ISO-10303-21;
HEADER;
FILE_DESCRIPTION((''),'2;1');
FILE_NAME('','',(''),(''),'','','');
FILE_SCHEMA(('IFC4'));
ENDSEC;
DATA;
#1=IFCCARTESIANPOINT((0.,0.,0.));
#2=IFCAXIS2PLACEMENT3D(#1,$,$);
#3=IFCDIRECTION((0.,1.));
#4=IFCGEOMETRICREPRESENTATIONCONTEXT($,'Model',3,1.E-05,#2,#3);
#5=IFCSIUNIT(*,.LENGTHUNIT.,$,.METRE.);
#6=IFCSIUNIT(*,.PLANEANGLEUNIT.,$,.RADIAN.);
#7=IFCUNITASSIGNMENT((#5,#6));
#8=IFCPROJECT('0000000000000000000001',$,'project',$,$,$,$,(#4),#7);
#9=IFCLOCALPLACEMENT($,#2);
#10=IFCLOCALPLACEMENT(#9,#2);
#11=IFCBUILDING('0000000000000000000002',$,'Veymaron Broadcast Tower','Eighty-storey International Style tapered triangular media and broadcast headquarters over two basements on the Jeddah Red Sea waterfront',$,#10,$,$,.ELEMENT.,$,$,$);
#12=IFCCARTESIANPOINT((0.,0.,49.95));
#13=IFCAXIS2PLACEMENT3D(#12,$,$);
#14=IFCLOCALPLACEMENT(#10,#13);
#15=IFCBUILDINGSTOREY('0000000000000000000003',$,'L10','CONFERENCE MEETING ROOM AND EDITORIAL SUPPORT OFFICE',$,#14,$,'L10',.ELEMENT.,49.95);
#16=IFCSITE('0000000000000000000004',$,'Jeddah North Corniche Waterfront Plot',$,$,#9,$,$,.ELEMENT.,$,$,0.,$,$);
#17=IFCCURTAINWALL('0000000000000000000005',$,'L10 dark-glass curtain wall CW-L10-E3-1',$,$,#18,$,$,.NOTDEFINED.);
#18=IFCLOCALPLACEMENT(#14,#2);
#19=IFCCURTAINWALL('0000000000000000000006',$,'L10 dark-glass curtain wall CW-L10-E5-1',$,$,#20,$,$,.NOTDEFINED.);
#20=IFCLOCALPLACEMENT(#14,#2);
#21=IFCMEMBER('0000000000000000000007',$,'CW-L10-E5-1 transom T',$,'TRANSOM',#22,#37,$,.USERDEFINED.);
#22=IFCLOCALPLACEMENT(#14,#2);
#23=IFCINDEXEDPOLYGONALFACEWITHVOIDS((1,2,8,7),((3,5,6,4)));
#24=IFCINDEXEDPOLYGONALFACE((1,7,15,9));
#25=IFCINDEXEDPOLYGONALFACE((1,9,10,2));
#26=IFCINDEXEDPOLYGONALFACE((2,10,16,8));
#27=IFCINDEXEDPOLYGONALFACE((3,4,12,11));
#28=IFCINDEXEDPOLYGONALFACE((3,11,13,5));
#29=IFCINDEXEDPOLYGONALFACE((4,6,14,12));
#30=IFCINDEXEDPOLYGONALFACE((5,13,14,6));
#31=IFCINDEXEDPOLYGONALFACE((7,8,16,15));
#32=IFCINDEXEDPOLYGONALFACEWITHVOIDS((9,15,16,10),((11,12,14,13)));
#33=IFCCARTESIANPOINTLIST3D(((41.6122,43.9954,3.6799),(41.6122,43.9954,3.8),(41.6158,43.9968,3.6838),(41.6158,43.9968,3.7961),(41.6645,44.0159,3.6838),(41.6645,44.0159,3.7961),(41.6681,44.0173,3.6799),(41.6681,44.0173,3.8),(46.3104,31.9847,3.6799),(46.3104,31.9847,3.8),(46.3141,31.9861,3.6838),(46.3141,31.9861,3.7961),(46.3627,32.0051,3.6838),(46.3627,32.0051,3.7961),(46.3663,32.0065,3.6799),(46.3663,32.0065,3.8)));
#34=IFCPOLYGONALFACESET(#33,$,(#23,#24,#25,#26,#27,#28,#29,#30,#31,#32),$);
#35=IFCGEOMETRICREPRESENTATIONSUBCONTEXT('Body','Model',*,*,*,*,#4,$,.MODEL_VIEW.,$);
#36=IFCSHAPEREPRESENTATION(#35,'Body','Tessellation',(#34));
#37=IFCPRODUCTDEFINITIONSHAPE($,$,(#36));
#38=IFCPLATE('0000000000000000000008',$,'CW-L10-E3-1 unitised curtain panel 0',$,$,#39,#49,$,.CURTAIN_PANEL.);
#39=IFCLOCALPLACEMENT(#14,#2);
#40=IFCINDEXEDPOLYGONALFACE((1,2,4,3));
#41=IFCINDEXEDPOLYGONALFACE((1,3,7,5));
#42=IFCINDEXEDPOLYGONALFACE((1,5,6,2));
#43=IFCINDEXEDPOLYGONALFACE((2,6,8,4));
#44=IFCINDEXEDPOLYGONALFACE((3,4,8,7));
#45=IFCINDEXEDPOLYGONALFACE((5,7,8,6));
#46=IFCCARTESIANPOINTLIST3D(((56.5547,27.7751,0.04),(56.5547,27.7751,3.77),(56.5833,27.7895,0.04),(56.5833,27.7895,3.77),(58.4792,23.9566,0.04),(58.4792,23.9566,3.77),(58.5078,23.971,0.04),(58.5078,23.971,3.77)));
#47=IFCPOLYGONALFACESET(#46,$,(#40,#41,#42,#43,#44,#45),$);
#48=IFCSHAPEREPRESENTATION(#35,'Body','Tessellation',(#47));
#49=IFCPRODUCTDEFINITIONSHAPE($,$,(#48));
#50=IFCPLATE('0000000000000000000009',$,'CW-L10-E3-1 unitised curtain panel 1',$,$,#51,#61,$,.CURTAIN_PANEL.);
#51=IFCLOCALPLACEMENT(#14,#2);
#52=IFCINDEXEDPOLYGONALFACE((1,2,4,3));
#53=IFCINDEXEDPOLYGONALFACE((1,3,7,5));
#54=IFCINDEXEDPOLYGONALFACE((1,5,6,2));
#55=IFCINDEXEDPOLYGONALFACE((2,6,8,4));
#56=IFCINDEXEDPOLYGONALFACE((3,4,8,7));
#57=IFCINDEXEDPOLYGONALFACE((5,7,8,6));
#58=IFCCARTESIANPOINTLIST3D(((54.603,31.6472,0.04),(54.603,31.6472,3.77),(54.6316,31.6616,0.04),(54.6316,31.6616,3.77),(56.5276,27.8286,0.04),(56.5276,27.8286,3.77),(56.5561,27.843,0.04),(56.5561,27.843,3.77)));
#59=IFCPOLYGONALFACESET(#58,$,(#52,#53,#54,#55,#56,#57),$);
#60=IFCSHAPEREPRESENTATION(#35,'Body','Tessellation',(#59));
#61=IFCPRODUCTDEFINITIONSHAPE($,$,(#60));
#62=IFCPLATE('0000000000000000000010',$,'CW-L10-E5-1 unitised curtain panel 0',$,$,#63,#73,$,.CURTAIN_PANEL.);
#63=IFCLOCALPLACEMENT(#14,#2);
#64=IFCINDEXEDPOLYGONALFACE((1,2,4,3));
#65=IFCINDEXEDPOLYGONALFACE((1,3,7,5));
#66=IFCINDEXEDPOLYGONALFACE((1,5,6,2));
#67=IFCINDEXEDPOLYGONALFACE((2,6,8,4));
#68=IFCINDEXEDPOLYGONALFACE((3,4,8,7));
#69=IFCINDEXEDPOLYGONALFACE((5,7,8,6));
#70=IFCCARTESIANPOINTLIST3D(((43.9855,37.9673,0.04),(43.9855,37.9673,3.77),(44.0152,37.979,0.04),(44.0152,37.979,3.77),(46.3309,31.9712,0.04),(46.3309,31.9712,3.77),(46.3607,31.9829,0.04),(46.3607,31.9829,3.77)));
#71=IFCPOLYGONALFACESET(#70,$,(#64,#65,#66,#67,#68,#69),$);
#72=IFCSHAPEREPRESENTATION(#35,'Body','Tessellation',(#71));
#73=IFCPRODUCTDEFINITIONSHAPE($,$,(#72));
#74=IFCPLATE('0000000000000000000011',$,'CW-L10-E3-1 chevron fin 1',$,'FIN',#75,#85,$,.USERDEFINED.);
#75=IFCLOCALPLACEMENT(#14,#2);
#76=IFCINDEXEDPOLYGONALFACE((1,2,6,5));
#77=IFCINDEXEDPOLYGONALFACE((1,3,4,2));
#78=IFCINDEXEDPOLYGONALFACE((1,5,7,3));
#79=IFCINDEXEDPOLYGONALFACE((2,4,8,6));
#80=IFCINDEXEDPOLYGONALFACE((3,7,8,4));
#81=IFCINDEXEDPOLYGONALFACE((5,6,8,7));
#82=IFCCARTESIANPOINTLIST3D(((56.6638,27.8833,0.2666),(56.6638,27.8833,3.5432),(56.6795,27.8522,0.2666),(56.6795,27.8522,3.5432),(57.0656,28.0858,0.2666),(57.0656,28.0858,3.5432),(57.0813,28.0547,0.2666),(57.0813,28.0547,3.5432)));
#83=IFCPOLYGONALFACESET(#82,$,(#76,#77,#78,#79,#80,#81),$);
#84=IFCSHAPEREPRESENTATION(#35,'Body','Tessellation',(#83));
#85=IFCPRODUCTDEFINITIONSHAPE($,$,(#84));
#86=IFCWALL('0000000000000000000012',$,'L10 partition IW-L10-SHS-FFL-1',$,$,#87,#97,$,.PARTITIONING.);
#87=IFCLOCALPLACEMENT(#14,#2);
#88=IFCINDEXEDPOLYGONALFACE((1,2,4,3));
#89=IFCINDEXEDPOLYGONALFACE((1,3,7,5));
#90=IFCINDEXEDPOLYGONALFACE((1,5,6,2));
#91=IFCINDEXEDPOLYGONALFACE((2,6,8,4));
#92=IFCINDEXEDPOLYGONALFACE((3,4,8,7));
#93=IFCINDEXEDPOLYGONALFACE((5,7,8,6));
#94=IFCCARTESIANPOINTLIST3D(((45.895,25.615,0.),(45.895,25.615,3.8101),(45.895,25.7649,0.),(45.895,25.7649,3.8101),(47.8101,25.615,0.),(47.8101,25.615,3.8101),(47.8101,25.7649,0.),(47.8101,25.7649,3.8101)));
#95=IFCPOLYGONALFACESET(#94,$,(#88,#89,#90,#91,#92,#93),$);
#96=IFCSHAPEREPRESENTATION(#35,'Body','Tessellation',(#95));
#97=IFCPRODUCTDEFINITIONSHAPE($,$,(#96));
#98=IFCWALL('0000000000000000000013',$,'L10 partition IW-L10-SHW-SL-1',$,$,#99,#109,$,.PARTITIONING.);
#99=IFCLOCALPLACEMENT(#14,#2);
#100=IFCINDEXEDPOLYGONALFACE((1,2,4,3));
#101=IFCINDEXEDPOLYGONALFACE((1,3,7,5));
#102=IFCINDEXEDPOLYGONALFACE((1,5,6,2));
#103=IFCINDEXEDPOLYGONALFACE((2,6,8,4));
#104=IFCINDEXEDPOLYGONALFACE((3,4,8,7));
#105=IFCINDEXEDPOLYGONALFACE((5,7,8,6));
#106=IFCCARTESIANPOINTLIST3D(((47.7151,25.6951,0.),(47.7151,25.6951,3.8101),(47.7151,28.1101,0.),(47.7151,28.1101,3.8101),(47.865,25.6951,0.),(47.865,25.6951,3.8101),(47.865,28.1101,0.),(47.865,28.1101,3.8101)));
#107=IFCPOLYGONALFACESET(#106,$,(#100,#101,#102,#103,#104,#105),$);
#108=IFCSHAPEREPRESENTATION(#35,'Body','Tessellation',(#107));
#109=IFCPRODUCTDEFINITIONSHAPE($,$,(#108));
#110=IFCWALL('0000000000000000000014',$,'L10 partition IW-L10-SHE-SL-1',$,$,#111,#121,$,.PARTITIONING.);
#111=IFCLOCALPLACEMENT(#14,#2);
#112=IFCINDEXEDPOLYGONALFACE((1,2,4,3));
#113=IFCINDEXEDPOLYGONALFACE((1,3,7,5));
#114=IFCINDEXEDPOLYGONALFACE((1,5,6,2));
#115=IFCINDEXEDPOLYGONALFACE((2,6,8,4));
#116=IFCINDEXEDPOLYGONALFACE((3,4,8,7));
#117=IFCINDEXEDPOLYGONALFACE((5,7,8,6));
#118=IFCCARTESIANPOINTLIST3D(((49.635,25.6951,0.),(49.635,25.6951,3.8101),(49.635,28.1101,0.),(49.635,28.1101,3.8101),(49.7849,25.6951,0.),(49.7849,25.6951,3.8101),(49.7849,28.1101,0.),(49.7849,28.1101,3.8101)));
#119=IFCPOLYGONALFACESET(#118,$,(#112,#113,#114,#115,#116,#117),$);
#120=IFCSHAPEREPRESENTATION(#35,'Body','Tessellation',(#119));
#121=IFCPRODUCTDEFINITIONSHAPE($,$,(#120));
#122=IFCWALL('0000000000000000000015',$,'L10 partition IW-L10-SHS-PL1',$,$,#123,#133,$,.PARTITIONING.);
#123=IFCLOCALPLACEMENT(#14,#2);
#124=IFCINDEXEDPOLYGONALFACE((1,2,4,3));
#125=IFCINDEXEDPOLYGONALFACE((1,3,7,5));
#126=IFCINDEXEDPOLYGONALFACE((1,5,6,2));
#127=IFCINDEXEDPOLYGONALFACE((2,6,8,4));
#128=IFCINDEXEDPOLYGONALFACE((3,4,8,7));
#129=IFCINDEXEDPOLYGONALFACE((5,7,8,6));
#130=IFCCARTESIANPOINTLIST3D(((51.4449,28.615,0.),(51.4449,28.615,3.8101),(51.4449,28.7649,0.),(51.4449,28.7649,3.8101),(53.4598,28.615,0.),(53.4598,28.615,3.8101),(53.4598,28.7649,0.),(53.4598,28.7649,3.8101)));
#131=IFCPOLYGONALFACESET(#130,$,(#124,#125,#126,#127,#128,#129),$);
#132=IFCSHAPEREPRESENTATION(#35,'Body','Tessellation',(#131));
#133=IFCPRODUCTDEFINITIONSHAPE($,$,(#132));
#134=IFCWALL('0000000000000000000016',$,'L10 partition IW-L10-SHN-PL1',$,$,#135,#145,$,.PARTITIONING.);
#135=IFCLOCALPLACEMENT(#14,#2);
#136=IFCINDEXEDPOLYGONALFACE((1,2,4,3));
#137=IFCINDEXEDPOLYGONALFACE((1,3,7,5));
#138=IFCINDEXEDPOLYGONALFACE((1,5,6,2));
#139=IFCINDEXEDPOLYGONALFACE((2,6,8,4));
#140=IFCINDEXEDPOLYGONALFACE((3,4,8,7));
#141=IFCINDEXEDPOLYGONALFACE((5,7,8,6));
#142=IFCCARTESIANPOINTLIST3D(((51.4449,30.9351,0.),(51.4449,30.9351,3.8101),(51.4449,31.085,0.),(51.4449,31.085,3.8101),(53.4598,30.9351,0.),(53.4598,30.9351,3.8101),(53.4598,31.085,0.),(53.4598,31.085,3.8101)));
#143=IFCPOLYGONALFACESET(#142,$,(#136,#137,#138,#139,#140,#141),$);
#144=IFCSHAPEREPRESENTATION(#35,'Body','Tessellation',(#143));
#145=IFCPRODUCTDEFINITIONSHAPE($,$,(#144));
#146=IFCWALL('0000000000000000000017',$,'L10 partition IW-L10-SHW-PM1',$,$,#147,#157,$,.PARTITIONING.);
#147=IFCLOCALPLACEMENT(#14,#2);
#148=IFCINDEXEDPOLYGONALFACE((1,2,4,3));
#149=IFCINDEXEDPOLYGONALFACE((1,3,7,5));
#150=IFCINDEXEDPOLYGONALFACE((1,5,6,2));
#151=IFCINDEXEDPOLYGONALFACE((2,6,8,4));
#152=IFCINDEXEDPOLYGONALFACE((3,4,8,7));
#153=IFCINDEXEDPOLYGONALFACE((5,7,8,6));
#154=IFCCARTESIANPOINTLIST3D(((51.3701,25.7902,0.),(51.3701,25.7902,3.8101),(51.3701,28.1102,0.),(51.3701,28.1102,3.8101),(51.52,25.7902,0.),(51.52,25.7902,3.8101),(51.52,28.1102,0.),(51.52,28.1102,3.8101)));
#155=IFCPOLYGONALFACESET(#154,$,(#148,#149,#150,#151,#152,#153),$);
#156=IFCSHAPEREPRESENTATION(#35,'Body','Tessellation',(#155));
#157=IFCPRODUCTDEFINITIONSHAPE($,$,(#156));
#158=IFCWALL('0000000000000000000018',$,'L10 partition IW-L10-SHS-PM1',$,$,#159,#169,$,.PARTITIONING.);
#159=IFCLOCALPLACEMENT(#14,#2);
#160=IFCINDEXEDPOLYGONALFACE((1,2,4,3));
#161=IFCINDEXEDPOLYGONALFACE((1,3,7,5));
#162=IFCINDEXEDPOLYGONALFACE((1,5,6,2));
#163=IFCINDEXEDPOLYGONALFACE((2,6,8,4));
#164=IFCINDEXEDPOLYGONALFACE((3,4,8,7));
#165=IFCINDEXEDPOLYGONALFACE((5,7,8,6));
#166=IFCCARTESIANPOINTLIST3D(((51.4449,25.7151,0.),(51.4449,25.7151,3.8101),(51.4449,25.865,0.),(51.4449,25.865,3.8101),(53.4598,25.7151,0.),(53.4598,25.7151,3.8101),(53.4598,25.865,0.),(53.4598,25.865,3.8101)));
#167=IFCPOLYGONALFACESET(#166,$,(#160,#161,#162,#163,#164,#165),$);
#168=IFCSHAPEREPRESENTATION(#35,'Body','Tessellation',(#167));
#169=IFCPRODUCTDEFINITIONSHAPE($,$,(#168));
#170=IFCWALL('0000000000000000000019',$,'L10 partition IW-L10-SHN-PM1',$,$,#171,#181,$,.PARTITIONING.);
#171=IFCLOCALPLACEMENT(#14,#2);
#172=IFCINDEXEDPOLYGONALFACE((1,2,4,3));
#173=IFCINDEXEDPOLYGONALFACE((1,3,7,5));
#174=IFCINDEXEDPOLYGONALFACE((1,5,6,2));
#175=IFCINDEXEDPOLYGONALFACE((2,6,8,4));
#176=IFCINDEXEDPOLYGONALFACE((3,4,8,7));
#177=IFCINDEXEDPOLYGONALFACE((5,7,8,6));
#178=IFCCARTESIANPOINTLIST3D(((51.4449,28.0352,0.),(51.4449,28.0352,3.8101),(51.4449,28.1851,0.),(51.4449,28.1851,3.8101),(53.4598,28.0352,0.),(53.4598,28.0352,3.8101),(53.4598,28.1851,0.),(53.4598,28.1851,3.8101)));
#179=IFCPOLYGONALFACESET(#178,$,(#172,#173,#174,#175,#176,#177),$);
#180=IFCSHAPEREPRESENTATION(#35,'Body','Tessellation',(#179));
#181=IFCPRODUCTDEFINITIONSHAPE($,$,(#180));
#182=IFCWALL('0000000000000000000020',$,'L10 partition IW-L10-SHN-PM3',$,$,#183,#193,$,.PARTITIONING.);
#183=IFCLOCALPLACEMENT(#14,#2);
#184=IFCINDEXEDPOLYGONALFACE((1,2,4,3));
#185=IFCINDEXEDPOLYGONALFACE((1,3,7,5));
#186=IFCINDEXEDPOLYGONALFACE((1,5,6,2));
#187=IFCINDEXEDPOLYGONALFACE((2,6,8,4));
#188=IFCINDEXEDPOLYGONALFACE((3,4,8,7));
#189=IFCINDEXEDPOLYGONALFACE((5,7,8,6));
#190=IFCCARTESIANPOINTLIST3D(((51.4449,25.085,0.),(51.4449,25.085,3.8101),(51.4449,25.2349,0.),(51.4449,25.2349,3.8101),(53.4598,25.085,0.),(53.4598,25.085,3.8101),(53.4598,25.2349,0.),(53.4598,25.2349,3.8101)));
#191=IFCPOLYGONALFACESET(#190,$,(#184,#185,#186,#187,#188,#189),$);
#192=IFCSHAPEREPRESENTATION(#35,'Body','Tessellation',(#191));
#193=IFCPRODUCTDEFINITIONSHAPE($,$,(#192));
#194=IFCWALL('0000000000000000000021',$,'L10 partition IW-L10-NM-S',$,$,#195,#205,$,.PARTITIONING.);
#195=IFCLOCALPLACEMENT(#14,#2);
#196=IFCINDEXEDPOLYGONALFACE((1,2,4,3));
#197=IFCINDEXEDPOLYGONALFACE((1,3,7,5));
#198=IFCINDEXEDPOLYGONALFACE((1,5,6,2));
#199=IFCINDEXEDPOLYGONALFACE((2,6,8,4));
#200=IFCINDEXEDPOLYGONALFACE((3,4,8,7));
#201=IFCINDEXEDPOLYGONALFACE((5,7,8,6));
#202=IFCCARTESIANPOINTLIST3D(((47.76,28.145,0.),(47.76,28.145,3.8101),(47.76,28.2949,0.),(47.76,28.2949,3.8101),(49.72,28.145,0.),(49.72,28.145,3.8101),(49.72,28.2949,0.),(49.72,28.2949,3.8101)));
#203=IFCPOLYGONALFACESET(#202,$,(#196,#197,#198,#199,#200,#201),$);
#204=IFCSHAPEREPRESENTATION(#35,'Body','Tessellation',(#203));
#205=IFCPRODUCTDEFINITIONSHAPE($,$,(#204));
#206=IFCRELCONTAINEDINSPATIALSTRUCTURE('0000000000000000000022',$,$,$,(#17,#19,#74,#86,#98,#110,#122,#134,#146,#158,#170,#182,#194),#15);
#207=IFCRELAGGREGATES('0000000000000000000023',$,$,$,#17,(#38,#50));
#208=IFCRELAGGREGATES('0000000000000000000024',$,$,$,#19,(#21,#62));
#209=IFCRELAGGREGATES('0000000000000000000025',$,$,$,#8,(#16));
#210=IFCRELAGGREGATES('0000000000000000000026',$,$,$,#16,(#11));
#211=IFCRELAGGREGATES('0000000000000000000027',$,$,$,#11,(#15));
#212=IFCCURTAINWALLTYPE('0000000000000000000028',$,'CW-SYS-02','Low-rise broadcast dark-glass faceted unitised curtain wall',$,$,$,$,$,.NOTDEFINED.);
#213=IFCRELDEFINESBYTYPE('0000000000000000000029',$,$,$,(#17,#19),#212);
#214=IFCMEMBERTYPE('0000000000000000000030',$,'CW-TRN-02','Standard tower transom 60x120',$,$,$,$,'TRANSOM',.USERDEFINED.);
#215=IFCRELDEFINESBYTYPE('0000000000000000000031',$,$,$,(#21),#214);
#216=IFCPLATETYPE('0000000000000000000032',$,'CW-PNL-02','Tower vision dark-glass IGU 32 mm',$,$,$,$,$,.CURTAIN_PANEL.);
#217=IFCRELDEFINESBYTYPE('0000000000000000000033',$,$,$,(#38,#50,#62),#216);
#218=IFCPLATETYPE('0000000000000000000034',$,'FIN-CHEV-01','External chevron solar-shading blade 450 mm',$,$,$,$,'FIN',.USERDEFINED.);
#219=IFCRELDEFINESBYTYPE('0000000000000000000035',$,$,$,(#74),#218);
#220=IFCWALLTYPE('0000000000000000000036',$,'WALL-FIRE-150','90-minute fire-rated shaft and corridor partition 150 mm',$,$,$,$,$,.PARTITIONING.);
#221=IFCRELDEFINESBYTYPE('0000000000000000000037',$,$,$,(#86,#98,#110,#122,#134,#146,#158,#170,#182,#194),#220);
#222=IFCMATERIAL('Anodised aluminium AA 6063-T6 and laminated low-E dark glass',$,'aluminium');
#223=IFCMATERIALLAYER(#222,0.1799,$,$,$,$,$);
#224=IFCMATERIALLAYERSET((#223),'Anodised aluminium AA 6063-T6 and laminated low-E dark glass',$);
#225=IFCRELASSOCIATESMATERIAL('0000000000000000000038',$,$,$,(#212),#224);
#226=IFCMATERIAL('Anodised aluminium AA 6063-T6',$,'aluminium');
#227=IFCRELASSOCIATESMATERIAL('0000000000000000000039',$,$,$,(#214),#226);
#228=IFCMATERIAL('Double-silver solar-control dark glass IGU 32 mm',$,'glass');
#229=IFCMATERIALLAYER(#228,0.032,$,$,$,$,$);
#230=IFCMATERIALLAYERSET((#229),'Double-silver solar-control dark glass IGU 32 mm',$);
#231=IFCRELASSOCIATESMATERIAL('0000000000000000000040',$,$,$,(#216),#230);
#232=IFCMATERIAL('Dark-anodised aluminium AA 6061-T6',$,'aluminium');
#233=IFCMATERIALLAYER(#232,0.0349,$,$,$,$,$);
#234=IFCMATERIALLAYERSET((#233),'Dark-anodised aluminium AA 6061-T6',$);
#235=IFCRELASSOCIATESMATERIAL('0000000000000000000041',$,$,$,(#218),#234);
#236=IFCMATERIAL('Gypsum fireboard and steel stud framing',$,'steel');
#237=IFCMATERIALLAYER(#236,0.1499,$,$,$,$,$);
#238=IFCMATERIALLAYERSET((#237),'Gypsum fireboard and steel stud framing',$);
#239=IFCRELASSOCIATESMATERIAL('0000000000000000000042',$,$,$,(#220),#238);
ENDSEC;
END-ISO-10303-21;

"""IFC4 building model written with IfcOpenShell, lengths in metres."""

from ifc_helpers import new_model, si_unit, direction, frame, frame_2d, origin, origin_2d, place, context, subcontext, project, spatial, rectangle, hollow_rectangle, extrude, material, layer, layer_set, material_profile, profile_set, type_object, element, aggregate, save


model = new_model("IFC4")

# Units and contexts
model_context = context("Model", 3, precision=1e-05, world=origin(), true_north=direction((0.0, 1.0)))
body_context = subcontext(model_context, "Body", "Model", "MODEL_VIEW")
ifc_project = project(units=[si_unit("LENGTHUNIT", "METRE"), si_unit("PLANEANGLEUNIT", "RADIAN")], contexts=[model_context])

# Site, building, storey
site_placement = place(None, origin())
site = spatial("IfcSite", under=ifc_project, at=site_placement, Name="Jeddah North Corniche Waterfront Plot", CompositionType="ELEMENT", RefElevation=0.0)
building_placement = place(site_placement, origin())
building = spatial("IfcBuilding", under=site, at=building_placement, Name="Veymaron Broadcast Tower", Description="Eighty-storey International Style tapered triangular media and broadcast headquarters over two basements on the Jeddah Red Sea waterfront", CompositionType="ELEMENT")
storey_placement = place(building_placement, frame((0.0, 0.0, 49.95)))
storey = spatial("IfcBuildingStorey", under=building, at=storey_placement, Name="L10", Description="CONFERENCE MEETING ROOM AND EDITORIAL SUPPORT OFFICE", LongName="L10", CompositionType="ELEMENT", Elevation=49.95)

# Shared definitions
ifc_material_1 = material(Name="Anodised aluminium AA 6063-T6 and laminated low-E dark glass", Category="aluminium")
ifc_layer_1 = layer(ifc_material_1, 0.1799)
ifc_layer_set_1 = layer_set([ifc_layer_1], Name="Anodised aluminium AA 6063-T6 and laminated low-E dark glass")
curtain_wall_type = type_object("IfcCurtainWallType", Name="CW-SYS-02", Description="Low-rise broadcast dark-glass faceted unitised curtain wall", PredefinedType="NOTDEFINED", material=ifc_layer_set_1)
ifc_material_2 = material(Name="Anodised aluminium AA 6063-T6", Category="aluminium")

# Curtain walls, member
curtain_wall_1_placement = place(storey_placement, origin())
curtain_wall_1 = element("IfcCurtainWall", 1, at=curtain_wall_1_placement, inside=storey, type_object=curtain_wall_type, Name="L10 dark-glass curtain wall CW-L10-E3-1", PredefinedType="NOTDEFINED")
curtain_wall_2_placement = place(storey_placement, origin())
curtain_wall_2 = element("IfcCurtainWall", 2, at=curtain_wall_2_placement, inside=storey, type_object=curtain_wall_type, Name="L10 dark-glass curtain wall CW-L10-E5-1", PredefinedType="NOTDEFINED")
ifc_material_profile_1 = material_profile(ifc_material_2, hollow_rectangle(XDim=0.0601, YDim=0.1201, WallThickness=0.0039, at=origin_2d()), Name="AL120X60X4")
ifc_profile_set_1 = profile_set([ifc_material_profile_1], Name="Anodised aluminium AA 6063-T6")
member_type_1 = type_object("IfcMemberType", Name="CW-TRN-02", Description="Standard tower transom 60x120", ElementType="TRANSOM", PredefinedType="USERDEFINED", material=ifc_profile_set_1)
member_1_placement = place(storey_placement, frame((46.3384, 31.9956, 3.74), z_axis=(-0.364291, 0.931285, 0.0), x_axis=(-0.931285, -0.364291, 0.0)))
member_1 = element("IfcMember", 3, at=member_1_placement, type_object=member_type_1, Name="CW-L10-E5-1 transom T", ObjectType="TRANSOM", PredefinedType="USERDEFINED", context=body_context, shape_type="SweptSolid", body=[
    extrude(hollow_rectangle(XDim=0.0601, YDim=0.1201, WallThickness=0.0039, at=origin_2d()), origin(), (0.0, 0.0, 1.0), 12.897),
])

# Plates
ifc_material_3 = material(Name="Double-silver solar-control dark glass IGU 32 mm", Category="glass")
ifc_layer_2 = layer(ifc_material_3, 0.032)
ifc_layer_set_2 = layer_set([ifc_layer_2], Name="Double-silver solar-control dark glass IGU 32 mm")
plate_type_1 = type_object("IfcPlateType", Name="CW-PNL-02", Description="Tower vision dark-glass IGU 32 mm", PredefinedType="CURTAIN_PANEL", material=ifc_layer_set_2)
plate_1_placement = place(storey_placement, frame((57.5312, 25.873, 0.04), z_axis=(0.0, 0.0, 1.0), x_axis=(-0.450067, 0.892995, 0.0)))
plate_1 = element("IfcPlate", 4, at=plate_1_placement, type_object=plate_type_1, Name="CW-L10-E3-1 unitised curtain panel 0", PredefinedType="CURTAIN_PANEL", context=body_context, shape_type="SweptSolid", body=[
    extrude(rectangle(XDim=4.2761, YDim=0.032, at=origin_2d()), origin(), (0.0, 0.0, 1.0), 3.73),
])
plate_2_placement = place(storey_placement, frame((55.5796, 29.7451, 0.04), z_axis=(0.0, 0.0, 1.0), x_axis=(-0.450067, 0.892995, 0.0)))
plate_2 = element("IfcPlate", 5, at=plate_2_placement, type_object=plate_type_1, Name="CW-L10-E3-1 unitised curtain panel 1", PredefinedType="CURTAIN_PANEL", context=body_context, shape_type="SweptSolid", body=[
    extrude(rectangle(XDim=4.2761, YDim=0.032, at=origin_2d()), origin(), (0.0, 0.0, 1.0), 3.73),
])
aggregate(curtain_wall_1, [plate_1, plate_2])
plate_3_placement = place(storey_placement, frame((45.1731, 34.9751, 0.04), z_axis=(0.0, 0.0, 1.0), x_axis=(-0.364292, 0.931285, 0.0)))
plate_3 = element("IfcPlate", 6, at=plate_3_placement, type_object=plate_type_1, Name="CW-L10-E5-1 unitised curtain panel 0", PredefinedType="CURTAIN_PANEL", context=body_context, shape_type="SweptSolid", body=[
    extrude(rectangle(XDim=6.4385, YDim=0.032, at=origin_2d()), origin(), (0.0, 0.0, 1.0), 3.73),
])
aggregate(curtain_wall_2, [member_1, plate_3])
ifc_material_4 = material(Name="Dark-anodised aluminium AA 6061-T6", Category="aluminium")
ifc_layer_3 = layer(ifc_material_4, 0.0349)
ifc_layer_set_3 = layer_set([ifc_layer_3], Name="Dark-anodised aluminium AA 6061-T6")
plate_type_2 = type_object("IfcPlateType", Name="FIN-CHEV-01", Description="External chevron solar-shading blade 450 mm", ElementType="FIN", PredefinedType="USERDEFINED", material=ifc_layer_set_3)
plate_4_placement = place(storey_placement, frame((56.8726, 27.969, 0.2666), z_axis=(0.0, 0.0, 1.0), x_axis=(0.892995, 0.450067, 0.0)))
element("IfcPlate", 7, at=plate_4_placement, inside=storey, type_object=plate_type_2, Name="CW-L10-E3-1 chevron fin 1", ObjectType="FIN", PredefinedType="USERDEFINED", context=body_context, shape_type="SweptSolid", body=[
    extrude(rectangle(XDim=0.45, YDim=0.0349, at=origin_2d()), origin(), (0.0, 0.0, 1.0), 3.2766),
])

# Shared definitions
ifc_material_5 = material(Name="Gypsum fireboard and steel stud framing", Category="steel")
ifc_layer_4 = layer(ifc_material_5, 0.1499)
ifc_layer_set_4 = layer_set([ifc_layer_4], Name="Gypsum fireboard and steel stud framing")
wall_type_1 = type_object("IfcWallType", Name="WALL-FIRE-150", Description="90-minute fire-rated shaft and corridor partition 150 mm", PredefinedType="PARTITIONING", material=ifc_layer_set_4)

# Wall
wall_1_placement = place(storey_placement, frame((45.895, 25.6899, 0.0), z_axis=(0.0, 0.0, 1.0), x_axis=(1.0, 0.0, 0.0)))
element("IfcWall", 8, at=wall_1_placement, inside=storey, type_object=wall_type_1, Name="L10 partition IW-L10-SHS-FFL-1", PredefinedType="PARTITIONING", context=body_context, shape_type="SweptSolid", body=[
    extrude(rectangle(XDim=1.915, YDim=0.1499, at=frame_2d((0.9575, 0.0))), origin(), (0.0, 0.0, 1.0), 3.8101),
])

# Walls
for number, where, z_axis, x_axis, name in (
    (9, (47.79, 25.6951, 0.0), (0.0, 0.0, 1.0), (0.0, 1.0, 0.0), "L10 partition IW-L10-SHW-SL-1"),
    (10, (49.71, 25.6951, 0.0), (0.0, 0.0, 1.0), (0.0, 1.0, 0.0), "L10 partition IW-L10-SHE-SL-1"),
):
    element("IfcWall", number, at=place(storey_placement, frame(where, z_axis=z_axis, x_axis=x_axis)), inside=storey, type_object=wall_type_1, Name=name, PredefinedType="PARTITIONING", context=body_context, shape_type="SweptSolid", body=[
        extrude(rectangle(XDim=2.415, YDim=0.1499, at=frame_2d((1.2075, 0.0))), origin(), (0.0, 0.0, 1.0), 3.8101),
    ])

# Walls
for number, where, z_axis, x_axis, name in (
    (11, (51.4451, 28.6899, 0.0), (0.0, 0.0, 1.0), (1.0, 0.0, 0.0), "L10 partition IW-L10-SHS-PL1"),
    (12, (51.4451, 31.01, 0.0), (0.0, 0.0, 1.0), (1.0, 0.0, 0.0), "L10 partition IW-L10-SHN-PL1"),
):
    element("IfcWall", number, at=place(storey_placement, frame(where, z_axis=z_axis, x_axis=x_axis)), inside=storey, type_object=wall_type_1, Name=name, PredefinedType="PARTITIONING", context=body_context, shape_type="SweptSolid", body=[
        extrude(rectangle(XDim=2.0149, YDim=0.1499, at=frame_2d((1.0073, 0.0))), origin(), (0.0, 0.0, 1.0), 3.8101),
    ])
wall_2_placement = place(storey_placement, frame((51.4451, 25.79, 0.0), z_axis=(0.0, 0.0, 1.0), x_axis=(0.0, 1.0, 0.0)))
element("IfcWall", 13, at=wall_2_placement, inside=storey, type_object=wall_type_1, Name="L10 partition IW-L10-SHW-PM1", PredefinedType="PARTITIONING", context=body_context, shape_type="SweptSolid", body=[
    extrude(rectangle(XDim=2.3201, YDim=0.1499, at=frame_2d((1.1602, 0.0))), origin(), (0.0, 0.0, 1.0), 3.8101),
])
for number, where, z_axis, x_axis, name in (
    (14, (51.4451, 25.79, 0.0), (0.0, 0.0, 1.0), (1.0, 0.0, 0.0), "L10 partition IW-L10-SHS-PM1"),
    (15, (51.4451, 28.1101, 0.0), (0.0, 0.0, 1.0), (1.0, 0.0, 0.0), "L10 partition IW-L10-SHN-PM1"),
    (16, (51.4451, 25.1599, 0.0), (0.0, 0.0, 1.0), (1.0, 0.0, 0.0), "L10 partition IW-L10-SHN-PM3"),
):
    element("IfcWall", number, at=place(storey_placement, frame(where, z_axis=z_axis, x_axis=x_axis)), inside=storey, type_object=wall_type_1, Name=name, PredefinedType="PARTITIONING", context=body_context, shape_type="SweptSolid", body=[
        extrude(rectangle(XDim=2.0149, YDim=0.1499, at=frame_2d((1.0073, 0.0))), origin(), (0.0, 0.0, 1.0), 3.8101),
    ])
wall_3_placement = place(storey_placement, frame((47.76, 28.22, 0.0), z_axis=(0.0, 0.0, 1.0), x_axis=(1.0, 0.0, 0.0)))
element("IfcWall", 17, at=wall_3_placement, inside=storey, type_object=wall_type_1, Name="L10 partition IW-L10-NM-S", PredefinedType="PARTITIONING", context=body_context, shape_type="SweptSolid", body=[
    extrude(rectangle(XDim=1.96, YDim=0.1499, at=frame_2d((0.98, 0.0))), origin(), (0.0, 0.0, 1.0), 3.8101),
])

save(model, "model.ifc")
